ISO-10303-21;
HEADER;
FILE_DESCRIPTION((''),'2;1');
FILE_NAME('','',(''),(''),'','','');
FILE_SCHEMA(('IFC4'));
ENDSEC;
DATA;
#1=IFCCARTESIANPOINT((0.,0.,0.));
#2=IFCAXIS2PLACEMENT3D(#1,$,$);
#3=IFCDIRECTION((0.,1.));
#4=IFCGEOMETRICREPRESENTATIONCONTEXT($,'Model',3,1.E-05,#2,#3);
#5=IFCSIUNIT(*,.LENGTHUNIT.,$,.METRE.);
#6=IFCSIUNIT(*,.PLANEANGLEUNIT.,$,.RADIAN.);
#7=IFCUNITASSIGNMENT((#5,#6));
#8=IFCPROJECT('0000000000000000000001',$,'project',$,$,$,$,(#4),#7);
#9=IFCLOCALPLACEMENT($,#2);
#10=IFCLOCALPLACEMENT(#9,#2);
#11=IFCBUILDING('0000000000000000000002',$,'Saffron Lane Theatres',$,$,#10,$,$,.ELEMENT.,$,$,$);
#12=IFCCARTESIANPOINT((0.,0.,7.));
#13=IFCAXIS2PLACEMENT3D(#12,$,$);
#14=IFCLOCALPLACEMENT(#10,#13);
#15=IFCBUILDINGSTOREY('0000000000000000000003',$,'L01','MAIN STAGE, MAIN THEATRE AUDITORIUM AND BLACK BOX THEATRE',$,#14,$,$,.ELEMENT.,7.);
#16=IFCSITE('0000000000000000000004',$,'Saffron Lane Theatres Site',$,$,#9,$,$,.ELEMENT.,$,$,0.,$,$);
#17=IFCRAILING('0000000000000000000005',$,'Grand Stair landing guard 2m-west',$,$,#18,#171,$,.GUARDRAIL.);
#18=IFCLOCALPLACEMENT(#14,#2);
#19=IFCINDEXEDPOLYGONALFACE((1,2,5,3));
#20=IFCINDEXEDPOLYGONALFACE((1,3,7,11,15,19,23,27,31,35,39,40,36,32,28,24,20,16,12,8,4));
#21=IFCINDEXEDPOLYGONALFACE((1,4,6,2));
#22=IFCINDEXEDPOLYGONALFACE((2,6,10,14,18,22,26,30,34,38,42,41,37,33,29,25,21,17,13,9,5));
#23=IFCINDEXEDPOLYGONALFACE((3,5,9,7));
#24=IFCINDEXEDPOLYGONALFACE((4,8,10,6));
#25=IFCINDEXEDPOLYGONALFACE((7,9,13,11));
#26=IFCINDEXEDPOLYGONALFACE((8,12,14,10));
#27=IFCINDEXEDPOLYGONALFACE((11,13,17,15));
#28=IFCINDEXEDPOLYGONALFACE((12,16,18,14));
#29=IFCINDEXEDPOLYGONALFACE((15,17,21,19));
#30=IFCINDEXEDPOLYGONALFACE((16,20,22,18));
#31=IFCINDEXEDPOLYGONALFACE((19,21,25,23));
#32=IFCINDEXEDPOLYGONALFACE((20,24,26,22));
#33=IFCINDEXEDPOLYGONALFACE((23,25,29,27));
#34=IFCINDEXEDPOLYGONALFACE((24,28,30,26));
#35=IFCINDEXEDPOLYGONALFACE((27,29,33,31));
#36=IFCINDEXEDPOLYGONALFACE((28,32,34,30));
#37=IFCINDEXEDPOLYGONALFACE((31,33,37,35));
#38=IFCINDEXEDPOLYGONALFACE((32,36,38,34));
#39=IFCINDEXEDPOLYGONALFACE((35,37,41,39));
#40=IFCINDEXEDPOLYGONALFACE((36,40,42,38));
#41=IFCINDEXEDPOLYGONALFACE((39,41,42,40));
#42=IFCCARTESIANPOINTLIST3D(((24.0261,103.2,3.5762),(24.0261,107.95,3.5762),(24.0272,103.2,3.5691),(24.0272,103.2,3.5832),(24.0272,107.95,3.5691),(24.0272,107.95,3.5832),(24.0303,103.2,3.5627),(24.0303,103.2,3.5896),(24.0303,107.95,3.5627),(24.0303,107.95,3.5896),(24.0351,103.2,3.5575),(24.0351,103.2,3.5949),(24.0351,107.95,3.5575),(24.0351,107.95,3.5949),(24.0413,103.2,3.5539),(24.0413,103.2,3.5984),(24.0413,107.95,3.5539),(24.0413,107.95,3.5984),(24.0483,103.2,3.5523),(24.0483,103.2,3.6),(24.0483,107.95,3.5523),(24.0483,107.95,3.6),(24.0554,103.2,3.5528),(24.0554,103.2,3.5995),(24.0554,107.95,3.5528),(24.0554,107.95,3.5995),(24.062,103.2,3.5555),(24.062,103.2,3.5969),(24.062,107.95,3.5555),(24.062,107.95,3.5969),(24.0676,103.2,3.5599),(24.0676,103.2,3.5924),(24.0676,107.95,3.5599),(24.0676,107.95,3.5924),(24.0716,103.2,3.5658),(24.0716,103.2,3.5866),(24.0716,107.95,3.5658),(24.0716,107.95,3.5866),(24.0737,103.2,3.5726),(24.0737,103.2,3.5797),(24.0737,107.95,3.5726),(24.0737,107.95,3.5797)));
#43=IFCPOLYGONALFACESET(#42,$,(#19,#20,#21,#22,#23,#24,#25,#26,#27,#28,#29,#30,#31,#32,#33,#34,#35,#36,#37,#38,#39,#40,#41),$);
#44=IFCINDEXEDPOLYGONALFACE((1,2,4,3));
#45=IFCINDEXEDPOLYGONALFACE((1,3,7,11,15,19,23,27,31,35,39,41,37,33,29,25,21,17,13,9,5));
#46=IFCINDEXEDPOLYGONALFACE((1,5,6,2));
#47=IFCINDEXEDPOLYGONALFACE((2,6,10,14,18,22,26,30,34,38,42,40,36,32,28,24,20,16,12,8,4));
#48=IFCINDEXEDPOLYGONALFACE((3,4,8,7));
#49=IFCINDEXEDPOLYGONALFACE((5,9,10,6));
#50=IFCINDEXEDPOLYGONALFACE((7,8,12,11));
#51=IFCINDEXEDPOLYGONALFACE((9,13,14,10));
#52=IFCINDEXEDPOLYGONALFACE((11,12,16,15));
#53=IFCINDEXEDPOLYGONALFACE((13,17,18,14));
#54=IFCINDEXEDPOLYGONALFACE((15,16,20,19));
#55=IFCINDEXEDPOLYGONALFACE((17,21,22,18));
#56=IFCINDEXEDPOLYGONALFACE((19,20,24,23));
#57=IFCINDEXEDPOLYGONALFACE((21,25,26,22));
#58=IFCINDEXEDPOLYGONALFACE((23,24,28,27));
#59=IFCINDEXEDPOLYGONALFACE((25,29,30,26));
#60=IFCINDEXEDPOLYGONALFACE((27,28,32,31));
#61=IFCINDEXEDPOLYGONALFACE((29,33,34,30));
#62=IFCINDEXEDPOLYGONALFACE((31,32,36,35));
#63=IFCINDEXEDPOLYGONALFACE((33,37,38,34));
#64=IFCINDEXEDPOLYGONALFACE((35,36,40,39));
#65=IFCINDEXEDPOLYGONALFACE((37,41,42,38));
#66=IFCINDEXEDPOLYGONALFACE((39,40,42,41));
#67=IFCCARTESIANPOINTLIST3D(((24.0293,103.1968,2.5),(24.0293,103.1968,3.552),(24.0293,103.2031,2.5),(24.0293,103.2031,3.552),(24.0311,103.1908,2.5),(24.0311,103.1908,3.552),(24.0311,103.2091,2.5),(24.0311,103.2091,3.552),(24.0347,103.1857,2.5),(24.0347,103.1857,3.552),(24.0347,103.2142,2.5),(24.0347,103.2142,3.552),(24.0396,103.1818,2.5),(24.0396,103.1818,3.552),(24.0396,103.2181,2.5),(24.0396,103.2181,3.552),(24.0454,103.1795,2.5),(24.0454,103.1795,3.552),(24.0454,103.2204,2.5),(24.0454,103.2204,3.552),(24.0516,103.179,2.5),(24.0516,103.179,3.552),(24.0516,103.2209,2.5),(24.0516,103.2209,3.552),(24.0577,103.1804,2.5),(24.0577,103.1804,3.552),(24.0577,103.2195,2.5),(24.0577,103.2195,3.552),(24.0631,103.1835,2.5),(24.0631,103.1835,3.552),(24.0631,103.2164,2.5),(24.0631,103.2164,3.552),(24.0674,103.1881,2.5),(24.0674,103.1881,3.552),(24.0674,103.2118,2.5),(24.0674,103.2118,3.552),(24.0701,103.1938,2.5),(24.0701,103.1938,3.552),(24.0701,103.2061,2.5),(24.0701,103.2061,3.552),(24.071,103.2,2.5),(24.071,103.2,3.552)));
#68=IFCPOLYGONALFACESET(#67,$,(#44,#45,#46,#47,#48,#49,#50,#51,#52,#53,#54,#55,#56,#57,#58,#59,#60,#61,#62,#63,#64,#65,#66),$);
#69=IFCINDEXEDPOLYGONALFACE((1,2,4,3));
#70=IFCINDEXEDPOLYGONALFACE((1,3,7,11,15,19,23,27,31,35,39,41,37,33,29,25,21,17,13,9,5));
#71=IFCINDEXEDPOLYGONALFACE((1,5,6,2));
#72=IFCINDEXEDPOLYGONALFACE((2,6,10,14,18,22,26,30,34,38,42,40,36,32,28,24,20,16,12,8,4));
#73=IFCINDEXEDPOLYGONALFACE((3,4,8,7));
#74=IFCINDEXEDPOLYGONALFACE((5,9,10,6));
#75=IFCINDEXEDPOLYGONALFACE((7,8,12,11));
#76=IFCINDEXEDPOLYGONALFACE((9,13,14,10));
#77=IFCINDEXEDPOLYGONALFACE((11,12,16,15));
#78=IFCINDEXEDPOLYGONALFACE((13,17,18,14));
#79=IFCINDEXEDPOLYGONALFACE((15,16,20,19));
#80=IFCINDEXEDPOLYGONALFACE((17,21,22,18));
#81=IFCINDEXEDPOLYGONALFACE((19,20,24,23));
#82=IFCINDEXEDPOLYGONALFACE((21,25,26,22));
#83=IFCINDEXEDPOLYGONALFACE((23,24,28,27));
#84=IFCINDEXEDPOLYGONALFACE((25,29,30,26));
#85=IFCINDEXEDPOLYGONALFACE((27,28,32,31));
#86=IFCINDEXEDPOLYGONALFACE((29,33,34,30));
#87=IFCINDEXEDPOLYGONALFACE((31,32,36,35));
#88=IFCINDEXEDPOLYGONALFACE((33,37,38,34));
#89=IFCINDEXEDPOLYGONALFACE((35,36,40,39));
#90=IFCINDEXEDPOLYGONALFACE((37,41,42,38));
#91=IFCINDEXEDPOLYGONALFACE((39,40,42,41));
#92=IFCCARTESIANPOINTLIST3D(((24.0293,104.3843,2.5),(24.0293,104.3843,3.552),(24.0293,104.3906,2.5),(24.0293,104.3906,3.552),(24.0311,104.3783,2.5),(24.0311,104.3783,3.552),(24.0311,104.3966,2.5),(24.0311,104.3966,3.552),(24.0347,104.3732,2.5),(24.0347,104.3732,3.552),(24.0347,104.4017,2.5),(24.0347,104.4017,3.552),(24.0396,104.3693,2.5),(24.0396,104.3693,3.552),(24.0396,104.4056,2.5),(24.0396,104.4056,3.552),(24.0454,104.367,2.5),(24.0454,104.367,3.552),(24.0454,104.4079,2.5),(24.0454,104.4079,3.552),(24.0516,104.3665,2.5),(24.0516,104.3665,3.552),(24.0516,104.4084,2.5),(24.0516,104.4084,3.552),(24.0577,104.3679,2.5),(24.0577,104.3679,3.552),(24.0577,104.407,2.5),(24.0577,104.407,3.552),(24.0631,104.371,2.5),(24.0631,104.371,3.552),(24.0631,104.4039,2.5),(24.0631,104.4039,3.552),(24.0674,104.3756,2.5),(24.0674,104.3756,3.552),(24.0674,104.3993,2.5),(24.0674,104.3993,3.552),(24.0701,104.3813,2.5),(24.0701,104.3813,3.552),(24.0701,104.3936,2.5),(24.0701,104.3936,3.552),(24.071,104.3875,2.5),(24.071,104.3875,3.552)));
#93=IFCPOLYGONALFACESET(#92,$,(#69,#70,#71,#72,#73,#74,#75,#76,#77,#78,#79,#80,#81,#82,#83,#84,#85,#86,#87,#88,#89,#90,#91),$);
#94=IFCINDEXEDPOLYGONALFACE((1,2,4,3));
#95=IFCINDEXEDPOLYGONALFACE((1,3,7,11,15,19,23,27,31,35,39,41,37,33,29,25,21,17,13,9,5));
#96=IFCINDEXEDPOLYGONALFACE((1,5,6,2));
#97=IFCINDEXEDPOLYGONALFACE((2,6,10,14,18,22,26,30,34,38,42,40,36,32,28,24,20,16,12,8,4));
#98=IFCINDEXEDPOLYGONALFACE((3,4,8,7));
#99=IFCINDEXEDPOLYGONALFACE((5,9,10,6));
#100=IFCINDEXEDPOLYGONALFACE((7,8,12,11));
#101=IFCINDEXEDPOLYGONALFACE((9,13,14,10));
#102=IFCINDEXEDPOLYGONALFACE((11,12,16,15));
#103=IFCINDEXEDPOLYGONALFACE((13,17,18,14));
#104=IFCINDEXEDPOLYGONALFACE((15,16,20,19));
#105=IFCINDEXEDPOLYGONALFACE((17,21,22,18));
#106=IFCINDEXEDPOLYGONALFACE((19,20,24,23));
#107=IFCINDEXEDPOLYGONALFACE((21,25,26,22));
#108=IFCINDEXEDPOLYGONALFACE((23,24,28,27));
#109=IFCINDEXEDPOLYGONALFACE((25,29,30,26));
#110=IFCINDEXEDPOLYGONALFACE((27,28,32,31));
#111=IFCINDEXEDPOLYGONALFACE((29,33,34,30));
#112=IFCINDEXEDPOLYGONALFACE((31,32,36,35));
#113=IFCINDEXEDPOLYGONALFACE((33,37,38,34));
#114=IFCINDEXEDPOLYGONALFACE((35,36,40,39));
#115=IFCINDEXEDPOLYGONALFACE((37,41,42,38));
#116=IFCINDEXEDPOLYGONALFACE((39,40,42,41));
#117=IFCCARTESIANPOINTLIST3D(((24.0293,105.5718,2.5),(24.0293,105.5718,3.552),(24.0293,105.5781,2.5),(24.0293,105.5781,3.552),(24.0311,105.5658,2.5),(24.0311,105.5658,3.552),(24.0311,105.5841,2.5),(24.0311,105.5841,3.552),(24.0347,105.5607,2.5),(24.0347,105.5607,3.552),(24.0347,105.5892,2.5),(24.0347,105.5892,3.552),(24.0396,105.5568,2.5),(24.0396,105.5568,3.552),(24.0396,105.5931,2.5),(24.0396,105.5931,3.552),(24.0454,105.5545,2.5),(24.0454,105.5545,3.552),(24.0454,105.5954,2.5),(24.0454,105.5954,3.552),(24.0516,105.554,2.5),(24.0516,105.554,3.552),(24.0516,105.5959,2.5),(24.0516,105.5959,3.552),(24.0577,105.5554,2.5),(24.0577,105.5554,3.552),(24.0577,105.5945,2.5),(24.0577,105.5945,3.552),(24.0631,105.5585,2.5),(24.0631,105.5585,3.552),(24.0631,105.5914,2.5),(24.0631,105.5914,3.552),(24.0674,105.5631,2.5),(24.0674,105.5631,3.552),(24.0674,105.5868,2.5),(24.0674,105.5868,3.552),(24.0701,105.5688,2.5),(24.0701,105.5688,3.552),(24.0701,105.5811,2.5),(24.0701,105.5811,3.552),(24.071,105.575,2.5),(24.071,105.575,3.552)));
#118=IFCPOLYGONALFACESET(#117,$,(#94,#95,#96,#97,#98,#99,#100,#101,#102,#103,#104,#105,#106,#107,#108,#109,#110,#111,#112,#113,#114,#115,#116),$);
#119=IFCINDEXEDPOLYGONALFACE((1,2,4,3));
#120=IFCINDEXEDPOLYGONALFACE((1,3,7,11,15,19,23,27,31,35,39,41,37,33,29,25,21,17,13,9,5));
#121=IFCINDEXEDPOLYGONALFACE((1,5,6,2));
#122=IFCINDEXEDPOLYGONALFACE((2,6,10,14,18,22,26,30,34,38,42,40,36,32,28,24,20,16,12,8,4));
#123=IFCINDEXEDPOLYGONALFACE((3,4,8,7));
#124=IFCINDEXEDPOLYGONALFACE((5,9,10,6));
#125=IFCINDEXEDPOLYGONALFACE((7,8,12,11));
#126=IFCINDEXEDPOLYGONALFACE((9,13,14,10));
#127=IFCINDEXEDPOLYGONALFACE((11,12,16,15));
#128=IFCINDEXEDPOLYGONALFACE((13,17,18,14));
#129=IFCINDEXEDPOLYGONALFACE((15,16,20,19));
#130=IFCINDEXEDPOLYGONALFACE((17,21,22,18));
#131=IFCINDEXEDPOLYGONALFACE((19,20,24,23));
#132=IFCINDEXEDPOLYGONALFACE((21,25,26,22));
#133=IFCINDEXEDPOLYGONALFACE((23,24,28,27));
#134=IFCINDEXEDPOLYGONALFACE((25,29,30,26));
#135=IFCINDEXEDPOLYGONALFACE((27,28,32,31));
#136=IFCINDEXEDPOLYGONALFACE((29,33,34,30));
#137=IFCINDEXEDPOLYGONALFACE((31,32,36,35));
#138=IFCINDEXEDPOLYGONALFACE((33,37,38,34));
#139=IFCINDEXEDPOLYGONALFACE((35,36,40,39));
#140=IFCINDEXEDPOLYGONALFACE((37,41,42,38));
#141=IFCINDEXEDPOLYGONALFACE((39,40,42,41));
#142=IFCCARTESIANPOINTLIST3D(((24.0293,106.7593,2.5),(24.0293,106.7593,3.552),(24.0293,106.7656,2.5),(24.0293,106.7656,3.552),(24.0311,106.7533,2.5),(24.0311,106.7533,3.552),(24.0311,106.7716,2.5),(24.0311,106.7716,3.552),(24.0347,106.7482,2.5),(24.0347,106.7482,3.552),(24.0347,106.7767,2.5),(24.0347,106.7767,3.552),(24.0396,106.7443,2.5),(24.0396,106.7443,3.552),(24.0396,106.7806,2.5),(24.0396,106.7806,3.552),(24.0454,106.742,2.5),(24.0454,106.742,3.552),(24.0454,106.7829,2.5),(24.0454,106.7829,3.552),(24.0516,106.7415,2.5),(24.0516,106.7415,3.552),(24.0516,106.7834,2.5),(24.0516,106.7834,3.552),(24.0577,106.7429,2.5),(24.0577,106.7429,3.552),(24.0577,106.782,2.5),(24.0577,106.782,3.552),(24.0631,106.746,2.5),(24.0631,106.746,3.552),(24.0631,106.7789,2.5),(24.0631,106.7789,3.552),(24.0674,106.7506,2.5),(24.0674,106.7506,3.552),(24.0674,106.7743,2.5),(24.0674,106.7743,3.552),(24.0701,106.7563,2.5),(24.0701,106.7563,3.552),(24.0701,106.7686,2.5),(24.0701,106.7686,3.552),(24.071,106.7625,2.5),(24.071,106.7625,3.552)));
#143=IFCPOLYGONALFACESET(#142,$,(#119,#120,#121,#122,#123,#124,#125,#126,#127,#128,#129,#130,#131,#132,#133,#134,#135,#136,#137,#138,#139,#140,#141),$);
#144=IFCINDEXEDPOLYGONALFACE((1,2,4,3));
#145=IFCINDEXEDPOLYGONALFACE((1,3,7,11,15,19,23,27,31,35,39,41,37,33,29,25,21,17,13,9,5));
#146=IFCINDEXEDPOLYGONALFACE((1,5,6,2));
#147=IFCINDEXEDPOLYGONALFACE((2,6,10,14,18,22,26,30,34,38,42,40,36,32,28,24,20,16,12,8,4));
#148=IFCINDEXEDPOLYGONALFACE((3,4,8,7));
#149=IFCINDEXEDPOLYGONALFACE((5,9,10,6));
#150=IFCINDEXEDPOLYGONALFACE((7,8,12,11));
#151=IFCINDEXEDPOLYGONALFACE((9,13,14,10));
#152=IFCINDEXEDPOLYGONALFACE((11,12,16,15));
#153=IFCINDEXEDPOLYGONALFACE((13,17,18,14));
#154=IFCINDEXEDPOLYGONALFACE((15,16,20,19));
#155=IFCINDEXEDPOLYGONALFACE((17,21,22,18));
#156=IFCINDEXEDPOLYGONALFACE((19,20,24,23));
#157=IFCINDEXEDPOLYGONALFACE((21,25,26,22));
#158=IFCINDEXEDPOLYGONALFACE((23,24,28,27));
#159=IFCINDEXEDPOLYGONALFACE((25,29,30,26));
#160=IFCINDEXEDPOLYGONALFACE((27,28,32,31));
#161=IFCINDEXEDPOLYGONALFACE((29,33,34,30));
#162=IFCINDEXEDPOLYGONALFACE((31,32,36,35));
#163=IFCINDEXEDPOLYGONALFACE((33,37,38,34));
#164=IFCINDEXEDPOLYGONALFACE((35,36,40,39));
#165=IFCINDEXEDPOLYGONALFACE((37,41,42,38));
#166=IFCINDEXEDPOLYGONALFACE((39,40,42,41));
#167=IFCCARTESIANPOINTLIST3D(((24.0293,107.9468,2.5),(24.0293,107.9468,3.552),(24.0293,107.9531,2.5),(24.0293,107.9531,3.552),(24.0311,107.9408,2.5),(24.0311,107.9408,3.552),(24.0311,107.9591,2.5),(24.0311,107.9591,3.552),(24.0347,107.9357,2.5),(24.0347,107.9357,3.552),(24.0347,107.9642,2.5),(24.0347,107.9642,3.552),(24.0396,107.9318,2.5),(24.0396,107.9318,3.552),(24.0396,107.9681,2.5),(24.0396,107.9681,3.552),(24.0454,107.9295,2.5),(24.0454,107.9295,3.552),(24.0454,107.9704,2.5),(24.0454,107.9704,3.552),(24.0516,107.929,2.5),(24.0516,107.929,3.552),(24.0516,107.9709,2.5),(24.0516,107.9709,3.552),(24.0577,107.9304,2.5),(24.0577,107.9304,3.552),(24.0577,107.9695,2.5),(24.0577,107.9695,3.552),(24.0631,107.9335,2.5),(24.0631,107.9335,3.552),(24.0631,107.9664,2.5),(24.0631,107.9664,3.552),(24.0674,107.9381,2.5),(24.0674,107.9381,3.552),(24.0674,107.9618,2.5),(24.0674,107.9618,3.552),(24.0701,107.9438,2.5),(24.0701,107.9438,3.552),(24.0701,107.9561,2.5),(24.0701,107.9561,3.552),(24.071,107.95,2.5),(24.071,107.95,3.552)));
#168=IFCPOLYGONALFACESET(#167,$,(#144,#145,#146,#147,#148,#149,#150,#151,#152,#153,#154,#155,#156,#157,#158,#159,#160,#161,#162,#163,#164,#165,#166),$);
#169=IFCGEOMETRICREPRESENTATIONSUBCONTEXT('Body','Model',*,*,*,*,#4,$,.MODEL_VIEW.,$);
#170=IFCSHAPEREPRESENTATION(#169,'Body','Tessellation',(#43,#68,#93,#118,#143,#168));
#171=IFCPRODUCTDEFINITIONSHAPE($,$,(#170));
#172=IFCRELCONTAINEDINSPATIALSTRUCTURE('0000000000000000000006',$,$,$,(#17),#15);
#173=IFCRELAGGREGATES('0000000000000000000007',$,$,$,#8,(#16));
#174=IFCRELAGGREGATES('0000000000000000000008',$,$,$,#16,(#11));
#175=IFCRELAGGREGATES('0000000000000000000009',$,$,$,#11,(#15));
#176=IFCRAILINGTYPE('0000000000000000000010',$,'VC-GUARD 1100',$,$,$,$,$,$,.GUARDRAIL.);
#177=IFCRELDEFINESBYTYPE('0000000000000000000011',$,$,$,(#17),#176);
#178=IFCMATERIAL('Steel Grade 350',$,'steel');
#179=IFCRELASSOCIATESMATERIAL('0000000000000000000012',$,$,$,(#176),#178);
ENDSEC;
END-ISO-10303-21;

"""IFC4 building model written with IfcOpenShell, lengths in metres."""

from ifc_helpers import new_model, si_unit, direction, frame, origin, origin_2d, place, context, subcontext, project, spatial, circle, extrude, material, type_object, element, save


model = new_model("IFC4")

# Units and contexts
model_context = context("Model", 3, precision=1e-05, world=origin(), true_north=direction((0.0, 1.0)))
body_context = subcontext(model_context, "Body", "Model", "MODEL_VIEW")
ifc_project = project(units=[si_unit("LENGTHUNIT", "METRE"), si_unit("PLANEANGLEUNIT", "RADIAN")], contexts=[model_context])

# Site, building, storey
site_placement = place(None, origin())
site = spatial("IfcSite", under=ifc_project, at=site_placement, Name="Saffron Lane Theatres Site", CompositionType="ELEMENT", RefElevation=0.0)
building_placement = place(site_placement, origin())
building = spatial("IfcBuilding", under=site, at=building_placement, Name="Saffron Lane Theatres", CompositionType="ELEMENT")
storey_placement = place(building_placement, frame((0.0, 0.0, 7.0)))
storey = spatial("IfcBuildingStorey", under=building, at=storey_placement, Name="L01", Description="MAIN STAGE, MAIN THEATRE AUDITORIUM AND BLACK BOX THEATRE", CompositionType="ELEMENT", Elevation=7.0)

# Railing
ifc_material_1 = material(Name="Steel Grade 350", Category="steel")
railing_type_1 = type_object("IfcRailingType", Name="VC-GUARD 1100", PredefinedType="GUARDRAIL", material=ifc_material_1)
railing_1_placement = place(storey_placement, frame((24.05, 103.2, 2.5)))
element("IfcRailing", 1, at=railing_1_placement, inside=storey, type_object=railing_type_1, Name="Grand Stair landing guard 2m-west", PredefinedType="GUARDRAIL", context=body_context, shape_type="SweptSolid", body=[
    extrude(circle(Radius=0.0239, at=origin_2d()), frame((0.0, 0.0, 1.0762), z_axis=(0.0, 1.0, 0.0), x_axis=(-1.0, 0.0, 0.0)), (0.0, 0.0, 1.0), 4.75),
    extrude(circle(Radius=0.021, at=origin_2d()), origin(), (0.0, 0.0, 1.0), 1.052),
    extrude(circle(Radius=0.021, at=origin_2d()), frame((0.0, 1.1875, 0.0)), (0.0, 0.0, 1.0), 1.052),
    extrude(circle(Radius=0.021, at=origin_2d()), frame((0.0, 2.375, 0.0)), (0.0, 0.0, 1.0), 1.052),
    extrude(circle(Radius=0.021, at=origin_2d()), frame((0.0, 3.5625, 0.0)), (0.0, 0.0, 1.0), 1.052),
    extrude(circle(Radius=0.021, at=origin_2d()), frame((0.0, 4.75, 0.0)), (0.0, 0.0, 1.0), 1.052),
])

save(model, "model.ifc")
